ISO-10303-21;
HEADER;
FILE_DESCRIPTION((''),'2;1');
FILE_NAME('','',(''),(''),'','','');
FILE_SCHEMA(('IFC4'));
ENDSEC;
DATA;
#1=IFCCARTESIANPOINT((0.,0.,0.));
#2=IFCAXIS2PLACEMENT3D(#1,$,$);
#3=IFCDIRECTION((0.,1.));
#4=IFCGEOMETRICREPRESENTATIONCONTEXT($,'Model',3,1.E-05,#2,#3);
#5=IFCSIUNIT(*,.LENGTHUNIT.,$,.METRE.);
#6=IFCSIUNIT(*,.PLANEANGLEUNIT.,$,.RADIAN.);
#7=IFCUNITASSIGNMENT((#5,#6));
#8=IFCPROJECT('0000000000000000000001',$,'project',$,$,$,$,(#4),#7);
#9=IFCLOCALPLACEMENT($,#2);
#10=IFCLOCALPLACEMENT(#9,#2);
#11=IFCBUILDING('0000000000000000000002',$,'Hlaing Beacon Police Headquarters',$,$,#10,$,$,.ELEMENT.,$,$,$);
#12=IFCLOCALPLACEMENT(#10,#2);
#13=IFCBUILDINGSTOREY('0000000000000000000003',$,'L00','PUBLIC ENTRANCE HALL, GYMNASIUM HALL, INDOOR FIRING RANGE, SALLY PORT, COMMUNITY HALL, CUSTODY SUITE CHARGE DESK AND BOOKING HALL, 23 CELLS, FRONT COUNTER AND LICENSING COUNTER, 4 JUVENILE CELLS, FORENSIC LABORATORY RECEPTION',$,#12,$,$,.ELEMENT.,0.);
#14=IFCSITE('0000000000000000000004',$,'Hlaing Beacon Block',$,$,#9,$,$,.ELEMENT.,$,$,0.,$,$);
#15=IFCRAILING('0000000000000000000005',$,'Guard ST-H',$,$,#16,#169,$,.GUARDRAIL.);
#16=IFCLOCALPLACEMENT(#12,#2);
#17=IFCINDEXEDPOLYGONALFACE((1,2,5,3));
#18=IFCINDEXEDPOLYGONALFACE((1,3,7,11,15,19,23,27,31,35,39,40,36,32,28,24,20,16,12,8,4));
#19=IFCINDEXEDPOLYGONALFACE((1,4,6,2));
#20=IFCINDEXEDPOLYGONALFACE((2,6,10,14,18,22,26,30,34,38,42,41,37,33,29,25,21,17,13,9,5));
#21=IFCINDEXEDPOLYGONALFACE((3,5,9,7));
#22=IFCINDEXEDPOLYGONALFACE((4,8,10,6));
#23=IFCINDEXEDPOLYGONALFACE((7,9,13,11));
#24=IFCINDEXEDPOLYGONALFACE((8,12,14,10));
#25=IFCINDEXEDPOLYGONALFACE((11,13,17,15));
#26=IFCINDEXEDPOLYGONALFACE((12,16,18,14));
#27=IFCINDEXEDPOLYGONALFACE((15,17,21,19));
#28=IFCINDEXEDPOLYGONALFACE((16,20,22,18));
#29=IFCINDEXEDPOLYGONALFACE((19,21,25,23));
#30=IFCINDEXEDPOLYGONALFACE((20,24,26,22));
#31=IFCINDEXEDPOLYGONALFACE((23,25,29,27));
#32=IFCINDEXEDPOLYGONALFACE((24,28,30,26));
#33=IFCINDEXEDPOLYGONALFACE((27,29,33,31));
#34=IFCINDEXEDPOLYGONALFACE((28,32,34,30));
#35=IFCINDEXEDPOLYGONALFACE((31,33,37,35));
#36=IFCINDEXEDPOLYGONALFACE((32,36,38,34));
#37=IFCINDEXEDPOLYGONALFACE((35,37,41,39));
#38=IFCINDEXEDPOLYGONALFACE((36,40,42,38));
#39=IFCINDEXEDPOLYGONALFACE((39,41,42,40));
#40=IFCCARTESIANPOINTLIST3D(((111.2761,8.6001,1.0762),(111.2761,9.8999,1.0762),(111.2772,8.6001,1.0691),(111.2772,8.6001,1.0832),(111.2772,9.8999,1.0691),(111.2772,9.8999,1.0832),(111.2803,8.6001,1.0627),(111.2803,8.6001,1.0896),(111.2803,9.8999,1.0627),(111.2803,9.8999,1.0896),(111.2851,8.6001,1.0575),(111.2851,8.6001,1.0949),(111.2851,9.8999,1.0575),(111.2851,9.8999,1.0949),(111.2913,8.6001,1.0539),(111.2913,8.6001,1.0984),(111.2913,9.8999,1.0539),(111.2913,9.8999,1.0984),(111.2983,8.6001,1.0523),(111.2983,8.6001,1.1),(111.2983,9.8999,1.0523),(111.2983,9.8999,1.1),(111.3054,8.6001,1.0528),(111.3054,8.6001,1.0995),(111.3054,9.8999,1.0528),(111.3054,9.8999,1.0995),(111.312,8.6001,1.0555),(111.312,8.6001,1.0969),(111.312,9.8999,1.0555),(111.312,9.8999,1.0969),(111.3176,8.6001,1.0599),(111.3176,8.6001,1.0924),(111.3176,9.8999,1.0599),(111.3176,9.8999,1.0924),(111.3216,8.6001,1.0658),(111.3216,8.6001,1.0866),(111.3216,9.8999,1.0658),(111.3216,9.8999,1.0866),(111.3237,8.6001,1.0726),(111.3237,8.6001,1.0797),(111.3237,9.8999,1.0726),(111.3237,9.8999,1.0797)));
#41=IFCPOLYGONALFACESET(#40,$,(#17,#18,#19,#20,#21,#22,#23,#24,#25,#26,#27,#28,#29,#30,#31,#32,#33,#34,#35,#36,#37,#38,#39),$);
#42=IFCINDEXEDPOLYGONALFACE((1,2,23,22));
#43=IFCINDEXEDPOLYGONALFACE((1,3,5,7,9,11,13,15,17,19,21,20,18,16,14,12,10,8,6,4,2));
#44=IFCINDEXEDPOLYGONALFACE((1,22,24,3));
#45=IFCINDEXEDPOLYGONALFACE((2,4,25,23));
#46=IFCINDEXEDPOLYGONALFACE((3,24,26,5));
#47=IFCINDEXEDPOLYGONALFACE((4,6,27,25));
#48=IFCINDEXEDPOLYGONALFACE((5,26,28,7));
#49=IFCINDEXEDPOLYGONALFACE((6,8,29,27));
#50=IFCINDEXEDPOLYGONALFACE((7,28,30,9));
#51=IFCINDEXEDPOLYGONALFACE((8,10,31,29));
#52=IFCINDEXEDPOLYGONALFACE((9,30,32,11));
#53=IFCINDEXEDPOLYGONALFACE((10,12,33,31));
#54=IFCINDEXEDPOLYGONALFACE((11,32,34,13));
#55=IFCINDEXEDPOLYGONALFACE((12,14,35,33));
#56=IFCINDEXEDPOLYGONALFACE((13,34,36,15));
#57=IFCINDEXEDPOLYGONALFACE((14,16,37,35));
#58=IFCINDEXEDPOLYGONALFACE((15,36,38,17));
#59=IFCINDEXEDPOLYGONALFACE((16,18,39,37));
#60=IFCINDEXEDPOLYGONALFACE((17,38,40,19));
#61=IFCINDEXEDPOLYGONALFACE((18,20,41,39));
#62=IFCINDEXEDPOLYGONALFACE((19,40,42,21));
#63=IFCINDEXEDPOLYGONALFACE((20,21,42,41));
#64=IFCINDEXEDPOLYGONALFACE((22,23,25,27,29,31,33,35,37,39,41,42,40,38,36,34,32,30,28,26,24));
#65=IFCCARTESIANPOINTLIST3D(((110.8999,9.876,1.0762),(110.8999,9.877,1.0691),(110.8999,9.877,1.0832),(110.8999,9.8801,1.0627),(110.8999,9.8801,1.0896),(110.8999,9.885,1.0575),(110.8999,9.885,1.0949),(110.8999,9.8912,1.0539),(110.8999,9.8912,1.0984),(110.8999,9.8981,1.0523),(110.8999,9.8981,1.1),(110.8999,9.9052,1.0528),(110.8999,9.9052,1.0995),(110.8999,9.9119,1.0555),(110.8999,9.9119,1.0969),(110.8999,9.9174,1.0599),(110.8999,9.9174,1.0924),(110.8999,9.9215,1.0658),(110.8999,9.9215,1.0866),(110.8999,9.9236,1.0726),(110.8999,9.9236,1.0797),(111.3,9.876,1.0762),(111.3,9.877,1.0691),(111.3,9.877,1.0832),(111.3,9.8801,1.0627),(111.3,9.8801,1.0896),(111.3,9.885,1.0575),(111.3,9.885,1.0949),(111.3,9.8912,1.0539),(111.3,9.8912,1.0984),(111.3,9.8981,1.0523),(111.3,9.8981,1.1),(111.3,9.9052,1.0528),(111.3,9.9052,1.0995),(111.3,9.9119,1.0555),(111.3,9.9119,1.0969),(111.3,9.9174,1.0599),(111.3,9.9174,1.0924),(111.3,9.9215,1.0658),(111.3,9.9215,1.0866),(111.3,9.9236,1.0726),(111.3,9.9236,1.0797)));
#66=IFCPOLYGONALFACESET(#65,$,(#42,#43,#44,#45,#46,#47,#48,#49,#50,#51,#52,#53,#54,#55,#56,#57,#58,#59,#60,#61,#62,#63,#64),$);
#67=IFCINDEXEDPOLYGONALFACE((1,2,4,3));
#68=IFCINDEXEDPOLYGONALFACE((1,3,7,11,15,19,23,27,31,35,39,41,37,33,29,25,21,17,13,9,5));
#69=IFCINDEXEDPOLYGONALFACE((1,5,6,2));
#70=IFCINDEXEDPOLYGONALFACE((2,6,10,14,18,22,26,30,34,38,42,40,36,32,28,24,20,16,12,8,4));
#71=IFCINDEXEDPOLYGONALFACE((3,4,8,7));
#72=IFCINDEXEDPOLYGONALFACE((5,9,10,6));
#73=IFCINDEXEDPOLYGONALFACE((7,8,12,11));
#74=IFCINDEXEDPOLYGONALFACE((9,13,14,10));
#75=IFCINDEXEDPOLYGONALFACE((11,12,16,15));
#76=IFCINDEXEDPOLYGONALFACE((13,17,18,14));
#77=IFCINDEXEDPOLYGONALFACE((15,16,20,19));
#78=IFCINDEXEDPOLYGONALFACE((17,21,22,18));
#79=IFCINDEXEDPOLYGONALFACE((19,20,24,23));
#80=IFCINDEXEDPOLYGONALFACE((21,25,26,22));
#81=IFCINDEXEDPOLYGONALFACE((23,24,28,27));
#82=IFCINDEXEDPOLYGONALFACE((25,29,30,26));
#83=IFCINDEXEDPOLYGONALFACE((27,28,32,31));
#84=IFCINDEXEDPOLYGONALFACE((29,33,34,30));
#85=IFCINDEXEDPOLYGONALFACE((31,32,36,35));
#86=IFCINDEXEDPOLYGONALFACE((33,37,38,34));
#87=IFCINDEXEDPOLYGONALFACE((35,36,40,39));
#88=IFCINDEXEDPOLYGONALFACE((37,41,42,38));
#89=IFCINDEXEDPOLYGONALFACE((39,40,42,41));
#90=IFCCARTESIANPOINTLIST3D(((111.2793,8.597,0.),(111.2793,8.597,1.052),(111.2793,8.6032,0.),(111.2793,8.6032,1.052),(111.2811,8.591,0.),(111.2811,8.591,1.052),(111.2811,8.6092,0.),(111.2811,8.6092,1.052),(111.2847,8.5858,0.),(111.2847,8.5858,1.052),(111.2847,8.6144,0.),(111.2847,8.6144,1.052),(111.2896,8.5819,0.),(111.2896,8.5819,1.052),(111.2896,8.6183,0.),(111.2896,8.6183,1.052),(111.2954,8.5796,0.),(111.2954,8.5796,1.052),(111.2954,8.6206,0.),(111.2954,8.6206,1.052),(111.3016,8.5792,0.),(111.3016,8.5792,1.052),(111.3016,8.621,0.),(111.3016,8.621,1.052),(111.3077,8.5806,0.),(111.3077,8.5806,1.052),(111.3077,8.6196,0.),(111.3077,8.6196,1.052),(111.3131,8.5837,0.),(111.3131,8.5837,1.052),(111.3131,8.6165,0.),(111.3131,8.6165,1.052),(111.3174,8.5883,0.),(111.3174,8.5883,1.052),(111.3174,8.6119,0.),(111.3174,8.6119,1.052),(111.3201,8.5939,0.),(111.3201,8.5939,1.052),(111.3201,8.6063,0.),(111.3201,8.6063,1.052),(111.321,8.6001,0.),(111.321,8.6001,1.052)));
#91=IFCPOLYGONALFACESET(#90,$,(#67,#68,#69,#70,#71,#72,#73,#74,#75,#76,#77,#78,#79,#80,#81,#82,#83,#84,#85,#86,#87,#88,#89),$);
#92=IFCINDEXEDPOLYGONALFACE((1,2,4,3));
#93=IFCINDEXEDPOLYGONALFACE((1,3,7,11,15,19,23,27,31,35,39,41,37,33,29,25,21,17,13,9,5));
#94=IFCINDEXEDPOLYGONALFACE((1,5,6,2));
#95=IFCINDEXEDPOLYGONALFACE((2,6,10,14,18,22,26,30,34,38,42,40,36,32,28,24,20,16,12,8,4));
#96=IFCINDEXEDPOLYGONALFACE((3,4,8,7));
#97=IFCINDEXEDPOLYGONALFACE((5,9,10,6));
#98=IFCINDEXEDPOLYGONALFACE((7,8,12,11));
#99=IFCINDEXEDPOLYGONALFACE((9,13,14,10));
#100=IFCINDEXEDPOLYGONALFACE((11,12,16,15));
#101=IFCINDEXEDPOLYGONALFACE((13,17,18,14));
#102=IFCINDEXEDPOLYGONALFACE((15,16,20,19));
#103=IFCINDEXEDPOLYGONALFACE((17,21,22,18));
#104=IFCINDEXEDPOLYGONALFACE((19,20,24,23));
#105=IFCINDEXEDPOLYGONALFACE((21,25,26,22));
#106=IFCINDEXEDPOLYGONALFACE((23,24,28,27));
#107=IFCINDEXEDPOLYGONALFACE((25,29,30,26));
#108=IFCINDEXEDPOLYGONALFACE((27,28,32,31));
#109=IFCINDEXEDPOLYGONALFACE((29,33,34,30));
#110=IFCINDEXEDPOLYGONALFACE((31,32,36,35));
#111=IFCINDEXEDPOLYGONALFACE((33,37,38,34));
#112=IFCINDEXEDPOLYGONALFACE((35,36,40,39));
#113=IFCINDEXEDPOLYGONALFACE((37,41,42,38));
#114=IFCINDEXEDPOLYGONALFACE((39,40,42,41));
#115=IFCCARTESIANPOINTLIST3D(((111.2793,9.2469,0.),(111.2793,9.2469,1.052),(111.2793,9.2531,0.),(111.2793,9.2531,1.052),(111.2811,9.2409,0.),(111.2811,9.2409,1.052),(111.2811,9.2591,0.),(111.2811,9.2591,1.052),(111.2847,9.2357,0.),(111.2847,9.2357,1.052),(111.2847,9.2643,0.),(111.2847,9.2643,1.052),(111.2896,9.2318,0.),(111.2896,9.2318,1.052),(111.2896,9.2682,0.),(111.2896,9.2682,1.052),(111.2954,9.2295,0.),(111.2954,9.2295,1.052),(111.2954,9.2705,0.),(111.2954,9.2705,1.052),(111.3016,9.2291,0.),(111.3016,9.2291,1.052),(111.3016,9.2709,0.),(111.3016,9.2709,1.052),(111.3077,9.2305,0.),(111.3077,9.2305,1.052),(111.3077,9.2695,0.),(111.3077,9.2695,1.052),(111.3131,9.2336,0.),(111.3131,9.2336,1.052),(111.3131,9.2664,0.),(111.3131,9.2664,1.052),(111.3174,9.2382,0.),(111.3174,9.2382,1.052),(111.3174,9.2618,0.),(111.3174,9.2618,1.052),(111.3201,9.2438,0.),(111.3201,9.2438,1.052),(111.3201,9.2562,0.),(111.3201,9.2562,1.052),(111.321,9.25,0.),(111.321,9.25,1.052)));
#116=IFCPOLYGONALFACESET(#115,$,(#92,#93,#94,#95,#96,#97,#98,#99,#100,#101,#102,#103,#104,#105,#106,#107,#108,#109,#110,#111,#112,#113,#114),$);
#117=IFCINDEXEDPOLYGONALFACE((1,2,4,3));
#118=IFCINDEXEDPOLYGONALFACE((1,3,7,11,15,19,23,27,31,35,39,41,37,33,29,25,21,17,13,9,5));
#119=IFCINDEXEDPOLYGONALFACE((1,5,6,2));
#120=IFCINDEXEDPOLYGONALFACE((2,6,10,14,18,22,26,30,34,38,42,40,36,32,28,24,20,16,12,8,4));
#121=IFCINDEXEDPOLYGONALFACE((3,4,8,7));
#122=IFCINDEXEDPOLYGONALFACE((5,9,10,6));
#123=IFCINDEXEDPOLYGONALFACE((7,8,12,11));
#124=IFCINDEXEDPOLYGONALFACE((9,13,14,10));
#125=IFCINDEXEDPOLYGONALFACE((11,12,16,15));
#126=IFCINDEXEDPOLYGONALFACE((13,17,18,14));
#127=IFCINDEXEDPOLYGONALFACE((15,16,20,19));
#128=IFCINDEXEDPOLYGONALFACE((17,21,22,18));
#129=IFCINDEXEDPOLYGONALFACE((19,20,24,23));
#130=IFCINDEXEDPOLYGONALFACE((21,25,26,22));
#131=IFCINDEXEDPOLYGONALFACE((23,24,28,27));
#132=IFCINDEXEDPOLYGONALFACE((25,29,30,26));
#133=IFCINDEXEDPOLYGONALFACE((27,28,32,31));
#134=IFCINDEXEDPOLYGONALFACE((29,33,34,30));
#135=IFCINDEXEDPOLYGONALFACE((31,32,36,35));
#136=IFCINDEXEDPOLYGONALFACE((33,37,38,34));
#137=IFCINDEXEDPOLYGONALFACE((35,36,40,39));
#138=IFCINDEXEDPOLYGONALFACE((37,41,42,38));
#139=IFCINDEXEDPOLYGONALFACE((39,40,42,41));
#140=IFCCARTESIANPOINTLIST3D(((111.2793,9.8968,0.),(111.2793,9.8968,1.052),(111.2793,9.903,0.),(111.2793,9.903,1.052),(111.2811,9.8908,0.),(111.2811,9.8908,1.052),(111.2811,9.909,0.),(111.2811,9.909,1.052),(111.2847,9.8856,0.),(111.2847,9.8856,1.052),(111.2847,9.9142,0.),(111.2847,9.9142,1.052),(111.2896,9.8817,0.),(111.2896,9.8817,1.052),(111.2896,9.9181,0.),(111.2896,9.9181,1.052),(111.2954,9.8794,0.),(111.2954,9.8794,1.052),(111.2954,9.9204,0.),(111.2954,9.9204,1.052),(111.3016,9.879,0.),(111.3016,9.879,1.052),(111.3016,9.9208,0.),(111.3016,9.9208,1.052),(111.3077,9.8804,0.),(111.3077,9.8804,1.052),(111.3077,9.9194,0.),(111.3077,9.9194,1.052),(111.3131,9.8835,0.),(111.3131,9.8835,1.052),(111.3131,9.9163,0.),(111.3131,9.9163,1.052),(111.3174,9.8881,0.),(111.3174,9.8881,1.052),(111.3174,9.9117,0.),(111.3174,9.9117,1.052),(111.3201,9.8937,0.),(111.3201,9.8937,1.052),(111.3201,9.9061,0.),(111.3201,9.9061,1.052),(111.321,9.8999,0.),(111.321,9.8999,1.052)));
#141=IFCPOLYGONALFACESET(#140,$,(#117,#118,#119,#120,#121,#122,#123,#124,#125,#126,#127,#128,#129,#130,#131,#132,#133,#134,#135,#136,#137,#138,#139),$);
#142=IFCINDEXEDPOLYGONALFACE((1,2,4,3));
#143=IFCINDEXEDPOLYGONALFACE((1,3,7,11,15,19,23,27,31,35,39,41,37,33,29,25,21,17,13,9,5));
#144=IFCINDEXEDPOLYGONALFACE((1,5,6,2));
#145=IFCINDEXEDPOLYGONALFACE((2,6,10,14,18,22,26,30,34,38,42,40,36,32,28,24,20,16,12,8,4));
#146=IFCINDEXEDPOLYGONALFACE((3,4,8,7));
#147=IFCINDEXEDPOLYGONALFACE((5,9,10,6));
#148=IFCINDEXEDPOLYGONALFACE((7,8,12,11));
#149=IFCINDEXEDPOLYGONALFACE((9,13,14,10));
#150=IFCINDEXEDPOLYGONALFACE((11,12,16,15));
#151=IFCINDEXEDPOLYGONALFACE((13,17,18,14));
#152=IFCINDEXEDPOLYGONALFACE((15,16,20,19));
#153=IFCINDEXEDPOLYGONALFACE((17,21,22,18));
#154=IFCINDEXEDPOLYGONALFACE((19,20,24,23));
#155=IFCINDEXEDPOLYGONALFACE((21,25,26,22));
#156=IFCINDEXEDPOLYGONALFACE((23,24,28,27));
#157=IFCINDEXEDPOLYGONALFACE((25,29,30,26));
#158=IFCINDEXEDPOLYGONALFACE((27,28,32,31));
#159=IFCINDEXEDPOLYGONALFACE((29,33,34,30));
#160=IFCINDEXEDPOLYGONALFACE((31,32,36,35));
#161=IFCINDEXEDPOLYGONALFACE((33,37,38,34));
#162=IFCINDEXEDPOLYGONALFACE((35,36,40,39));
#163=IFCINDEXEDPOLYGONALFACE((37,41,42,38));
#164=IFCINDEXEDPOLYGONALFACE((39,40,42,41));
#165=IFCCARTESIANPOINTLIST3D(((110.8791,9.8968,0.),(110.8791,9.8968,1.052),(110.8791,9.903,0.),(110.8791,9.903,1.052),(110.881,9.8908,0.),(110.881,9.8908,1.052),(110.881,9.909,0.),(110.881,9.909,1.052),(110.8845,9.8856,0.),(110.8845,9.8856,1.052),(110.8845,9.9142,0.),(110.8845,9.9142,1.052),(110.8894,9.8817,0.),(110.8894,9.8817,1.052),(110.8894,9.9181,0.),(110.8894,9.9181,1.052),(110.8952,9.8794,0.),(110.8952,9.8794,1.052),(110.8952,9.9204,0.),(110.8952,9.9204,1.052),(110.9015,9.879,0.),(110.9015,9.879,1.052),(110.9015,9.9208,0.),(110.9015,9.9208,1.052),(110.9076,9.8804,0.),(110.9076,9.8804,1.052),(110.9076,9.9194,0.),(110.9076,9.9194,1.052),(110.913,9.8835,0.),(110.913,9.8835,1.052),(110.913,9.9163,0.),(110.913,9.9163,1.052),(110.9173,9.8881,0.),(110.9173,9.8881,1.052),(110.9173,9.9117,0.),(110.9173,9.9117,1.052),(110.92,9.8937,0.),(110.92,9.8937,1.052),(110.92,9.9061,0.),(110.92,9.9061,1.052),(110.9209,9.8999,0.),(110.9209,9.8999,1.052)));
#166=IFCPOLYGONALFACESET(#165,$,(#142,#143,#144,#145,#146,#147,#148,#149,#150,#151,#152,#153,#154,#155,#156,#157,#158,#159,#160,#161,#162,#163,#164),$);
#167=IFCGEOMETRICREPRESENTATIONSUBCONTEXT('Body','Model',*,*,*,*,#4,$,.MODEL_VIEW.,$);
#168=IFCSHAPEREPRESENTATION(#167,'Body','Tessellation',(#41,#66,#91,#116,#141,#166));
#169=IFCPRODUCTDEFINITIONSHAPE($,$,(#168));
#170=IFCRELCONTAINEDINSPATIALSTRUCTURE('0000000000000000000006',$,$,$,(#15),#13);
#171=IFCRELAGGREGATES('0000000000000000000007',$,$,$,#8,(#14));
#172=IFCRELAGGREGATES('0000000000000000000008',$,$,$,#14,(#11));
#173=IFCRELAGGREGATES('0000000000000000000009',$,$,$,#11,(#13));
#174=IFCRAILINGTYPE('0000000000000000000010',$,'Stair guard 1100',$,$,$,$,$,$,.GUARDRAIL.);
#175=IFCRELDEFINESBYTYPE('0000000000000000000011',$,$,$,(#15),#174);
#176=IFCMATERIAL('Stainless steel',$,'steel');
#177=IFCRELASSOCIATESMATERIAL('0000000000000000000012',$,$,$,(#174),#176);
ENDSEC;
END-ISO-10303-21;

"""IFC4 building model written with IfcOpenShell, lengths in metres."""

from ifc_helpers import new_model, si_unit, direction, frame, origin, origin_2d, place, context, subcontext, project, spatial, circle, extrude, material, type_object, element, save


model = new_model("IFC4")

# Units and contexts
model_context = context("Model", 3, precision=1e-05, world=origin(), true_north=direction((0.0, 1.0)))
body_context = subcontext(model_context, "Body", "Model", "MODEL_VIEW")
ifc_project = project(units=[si_unit("LENGTHUNIT", "METRE"), si_unit("PLANEANGLEUNIT", "RADIAN")], contexts=[model_context])

# Site, building, storey
site_placement = place(None, origin())
site = spatial("IfcSite", under=ifc_project, at=site_placement, Name="Hlaing Beacon Block", CompositionType="ELEMENT", RefElevation=0.0)
building_placement = place(site_placement, origin())
building = spatial("IfcBuilding", under=site, at=building_placement, Name="Hlaing Beacon Police Headquarters", CompositionType="ELEMENT")
storey_placement = place(building_placement, origin())
storey = spatial("IfcBuildingStorey", under=building, at=storey_placement, Name="L00", Description="PUBLIC ENTRANCE HALL, GYMNASIUM HALL, INDOOR FIRING RANGE, SALLY PORT, COMMUNITY HALL, CUSTODY SUITE CHARGE DESK AND BOOKING HALL, 23 CELLS, FRONT COUNTER AND LICENSING COUNTER, 4 JUVENILE CELLS, FORENSIC LABORATORY RECEPTION", CompositionType="ELEMENT", Elevation=0.0)

# Railing
ifc_material_1 = material(Name="Stainless steel", Category="steel")
railing_type_1 = type_object("IfcRailingType", Name="Stair guard 1100", PredefinedType="GUARDRAIL", material=ifc_material_1)
railing_1_placement = place(storey_placement, frame((111.3, 8.6001, 0.0)))
element("IfcRailing", 1, at=railing_1_placement, inside=storey, type_object=railing_type_1, Name="Guard ST-H", PredefinedType="GUARDRAIL", context=body_context, shape_type="SweptSolid", body=[
    extrude(circle(Radius=0.0239, at=origin_2d()), frame((0.0, 0.0, 1.0762), z_axis=(0.0, 1.0, 0.0), x_axis=(-1.0, 0.0, 0.0)), (0.0, 0.0, 1.0), 1.2998),
    extrude(circle(Radius=0.0239, at=origin_2d()), frame((0.0, 1.2998, 1.0762), z_axis=(-1.0, 0.0, 0.0), x_axis=(0.0, -1.0, 0.0)), (0.0, 0.0, 1.0), 0.4001),
    extrude(circle(Radius=0.021, at=origin_2d()), origin(), (0.0, 0.0, 1.0), 1.052),
    extrude(circle(Radius=0.021, at=origin_2d()), frame((0.0, 0.6499, 0.0)), (0.0, 0.0, 1.0), 1.052),
    extrude(circle(Radius=0.021, at=origin_2d()), frame((0.0, 1.2998, 0.0)), (0.0, 0.0, 1.0), 1.052),
    extrude(circle(Radius=0.021, at=origin_2d()), frame((-0.4001, 1.2998, 0.0)), (0.0, 0.0, 1.0), 1.052),
])

save(model, "model.ifc")
